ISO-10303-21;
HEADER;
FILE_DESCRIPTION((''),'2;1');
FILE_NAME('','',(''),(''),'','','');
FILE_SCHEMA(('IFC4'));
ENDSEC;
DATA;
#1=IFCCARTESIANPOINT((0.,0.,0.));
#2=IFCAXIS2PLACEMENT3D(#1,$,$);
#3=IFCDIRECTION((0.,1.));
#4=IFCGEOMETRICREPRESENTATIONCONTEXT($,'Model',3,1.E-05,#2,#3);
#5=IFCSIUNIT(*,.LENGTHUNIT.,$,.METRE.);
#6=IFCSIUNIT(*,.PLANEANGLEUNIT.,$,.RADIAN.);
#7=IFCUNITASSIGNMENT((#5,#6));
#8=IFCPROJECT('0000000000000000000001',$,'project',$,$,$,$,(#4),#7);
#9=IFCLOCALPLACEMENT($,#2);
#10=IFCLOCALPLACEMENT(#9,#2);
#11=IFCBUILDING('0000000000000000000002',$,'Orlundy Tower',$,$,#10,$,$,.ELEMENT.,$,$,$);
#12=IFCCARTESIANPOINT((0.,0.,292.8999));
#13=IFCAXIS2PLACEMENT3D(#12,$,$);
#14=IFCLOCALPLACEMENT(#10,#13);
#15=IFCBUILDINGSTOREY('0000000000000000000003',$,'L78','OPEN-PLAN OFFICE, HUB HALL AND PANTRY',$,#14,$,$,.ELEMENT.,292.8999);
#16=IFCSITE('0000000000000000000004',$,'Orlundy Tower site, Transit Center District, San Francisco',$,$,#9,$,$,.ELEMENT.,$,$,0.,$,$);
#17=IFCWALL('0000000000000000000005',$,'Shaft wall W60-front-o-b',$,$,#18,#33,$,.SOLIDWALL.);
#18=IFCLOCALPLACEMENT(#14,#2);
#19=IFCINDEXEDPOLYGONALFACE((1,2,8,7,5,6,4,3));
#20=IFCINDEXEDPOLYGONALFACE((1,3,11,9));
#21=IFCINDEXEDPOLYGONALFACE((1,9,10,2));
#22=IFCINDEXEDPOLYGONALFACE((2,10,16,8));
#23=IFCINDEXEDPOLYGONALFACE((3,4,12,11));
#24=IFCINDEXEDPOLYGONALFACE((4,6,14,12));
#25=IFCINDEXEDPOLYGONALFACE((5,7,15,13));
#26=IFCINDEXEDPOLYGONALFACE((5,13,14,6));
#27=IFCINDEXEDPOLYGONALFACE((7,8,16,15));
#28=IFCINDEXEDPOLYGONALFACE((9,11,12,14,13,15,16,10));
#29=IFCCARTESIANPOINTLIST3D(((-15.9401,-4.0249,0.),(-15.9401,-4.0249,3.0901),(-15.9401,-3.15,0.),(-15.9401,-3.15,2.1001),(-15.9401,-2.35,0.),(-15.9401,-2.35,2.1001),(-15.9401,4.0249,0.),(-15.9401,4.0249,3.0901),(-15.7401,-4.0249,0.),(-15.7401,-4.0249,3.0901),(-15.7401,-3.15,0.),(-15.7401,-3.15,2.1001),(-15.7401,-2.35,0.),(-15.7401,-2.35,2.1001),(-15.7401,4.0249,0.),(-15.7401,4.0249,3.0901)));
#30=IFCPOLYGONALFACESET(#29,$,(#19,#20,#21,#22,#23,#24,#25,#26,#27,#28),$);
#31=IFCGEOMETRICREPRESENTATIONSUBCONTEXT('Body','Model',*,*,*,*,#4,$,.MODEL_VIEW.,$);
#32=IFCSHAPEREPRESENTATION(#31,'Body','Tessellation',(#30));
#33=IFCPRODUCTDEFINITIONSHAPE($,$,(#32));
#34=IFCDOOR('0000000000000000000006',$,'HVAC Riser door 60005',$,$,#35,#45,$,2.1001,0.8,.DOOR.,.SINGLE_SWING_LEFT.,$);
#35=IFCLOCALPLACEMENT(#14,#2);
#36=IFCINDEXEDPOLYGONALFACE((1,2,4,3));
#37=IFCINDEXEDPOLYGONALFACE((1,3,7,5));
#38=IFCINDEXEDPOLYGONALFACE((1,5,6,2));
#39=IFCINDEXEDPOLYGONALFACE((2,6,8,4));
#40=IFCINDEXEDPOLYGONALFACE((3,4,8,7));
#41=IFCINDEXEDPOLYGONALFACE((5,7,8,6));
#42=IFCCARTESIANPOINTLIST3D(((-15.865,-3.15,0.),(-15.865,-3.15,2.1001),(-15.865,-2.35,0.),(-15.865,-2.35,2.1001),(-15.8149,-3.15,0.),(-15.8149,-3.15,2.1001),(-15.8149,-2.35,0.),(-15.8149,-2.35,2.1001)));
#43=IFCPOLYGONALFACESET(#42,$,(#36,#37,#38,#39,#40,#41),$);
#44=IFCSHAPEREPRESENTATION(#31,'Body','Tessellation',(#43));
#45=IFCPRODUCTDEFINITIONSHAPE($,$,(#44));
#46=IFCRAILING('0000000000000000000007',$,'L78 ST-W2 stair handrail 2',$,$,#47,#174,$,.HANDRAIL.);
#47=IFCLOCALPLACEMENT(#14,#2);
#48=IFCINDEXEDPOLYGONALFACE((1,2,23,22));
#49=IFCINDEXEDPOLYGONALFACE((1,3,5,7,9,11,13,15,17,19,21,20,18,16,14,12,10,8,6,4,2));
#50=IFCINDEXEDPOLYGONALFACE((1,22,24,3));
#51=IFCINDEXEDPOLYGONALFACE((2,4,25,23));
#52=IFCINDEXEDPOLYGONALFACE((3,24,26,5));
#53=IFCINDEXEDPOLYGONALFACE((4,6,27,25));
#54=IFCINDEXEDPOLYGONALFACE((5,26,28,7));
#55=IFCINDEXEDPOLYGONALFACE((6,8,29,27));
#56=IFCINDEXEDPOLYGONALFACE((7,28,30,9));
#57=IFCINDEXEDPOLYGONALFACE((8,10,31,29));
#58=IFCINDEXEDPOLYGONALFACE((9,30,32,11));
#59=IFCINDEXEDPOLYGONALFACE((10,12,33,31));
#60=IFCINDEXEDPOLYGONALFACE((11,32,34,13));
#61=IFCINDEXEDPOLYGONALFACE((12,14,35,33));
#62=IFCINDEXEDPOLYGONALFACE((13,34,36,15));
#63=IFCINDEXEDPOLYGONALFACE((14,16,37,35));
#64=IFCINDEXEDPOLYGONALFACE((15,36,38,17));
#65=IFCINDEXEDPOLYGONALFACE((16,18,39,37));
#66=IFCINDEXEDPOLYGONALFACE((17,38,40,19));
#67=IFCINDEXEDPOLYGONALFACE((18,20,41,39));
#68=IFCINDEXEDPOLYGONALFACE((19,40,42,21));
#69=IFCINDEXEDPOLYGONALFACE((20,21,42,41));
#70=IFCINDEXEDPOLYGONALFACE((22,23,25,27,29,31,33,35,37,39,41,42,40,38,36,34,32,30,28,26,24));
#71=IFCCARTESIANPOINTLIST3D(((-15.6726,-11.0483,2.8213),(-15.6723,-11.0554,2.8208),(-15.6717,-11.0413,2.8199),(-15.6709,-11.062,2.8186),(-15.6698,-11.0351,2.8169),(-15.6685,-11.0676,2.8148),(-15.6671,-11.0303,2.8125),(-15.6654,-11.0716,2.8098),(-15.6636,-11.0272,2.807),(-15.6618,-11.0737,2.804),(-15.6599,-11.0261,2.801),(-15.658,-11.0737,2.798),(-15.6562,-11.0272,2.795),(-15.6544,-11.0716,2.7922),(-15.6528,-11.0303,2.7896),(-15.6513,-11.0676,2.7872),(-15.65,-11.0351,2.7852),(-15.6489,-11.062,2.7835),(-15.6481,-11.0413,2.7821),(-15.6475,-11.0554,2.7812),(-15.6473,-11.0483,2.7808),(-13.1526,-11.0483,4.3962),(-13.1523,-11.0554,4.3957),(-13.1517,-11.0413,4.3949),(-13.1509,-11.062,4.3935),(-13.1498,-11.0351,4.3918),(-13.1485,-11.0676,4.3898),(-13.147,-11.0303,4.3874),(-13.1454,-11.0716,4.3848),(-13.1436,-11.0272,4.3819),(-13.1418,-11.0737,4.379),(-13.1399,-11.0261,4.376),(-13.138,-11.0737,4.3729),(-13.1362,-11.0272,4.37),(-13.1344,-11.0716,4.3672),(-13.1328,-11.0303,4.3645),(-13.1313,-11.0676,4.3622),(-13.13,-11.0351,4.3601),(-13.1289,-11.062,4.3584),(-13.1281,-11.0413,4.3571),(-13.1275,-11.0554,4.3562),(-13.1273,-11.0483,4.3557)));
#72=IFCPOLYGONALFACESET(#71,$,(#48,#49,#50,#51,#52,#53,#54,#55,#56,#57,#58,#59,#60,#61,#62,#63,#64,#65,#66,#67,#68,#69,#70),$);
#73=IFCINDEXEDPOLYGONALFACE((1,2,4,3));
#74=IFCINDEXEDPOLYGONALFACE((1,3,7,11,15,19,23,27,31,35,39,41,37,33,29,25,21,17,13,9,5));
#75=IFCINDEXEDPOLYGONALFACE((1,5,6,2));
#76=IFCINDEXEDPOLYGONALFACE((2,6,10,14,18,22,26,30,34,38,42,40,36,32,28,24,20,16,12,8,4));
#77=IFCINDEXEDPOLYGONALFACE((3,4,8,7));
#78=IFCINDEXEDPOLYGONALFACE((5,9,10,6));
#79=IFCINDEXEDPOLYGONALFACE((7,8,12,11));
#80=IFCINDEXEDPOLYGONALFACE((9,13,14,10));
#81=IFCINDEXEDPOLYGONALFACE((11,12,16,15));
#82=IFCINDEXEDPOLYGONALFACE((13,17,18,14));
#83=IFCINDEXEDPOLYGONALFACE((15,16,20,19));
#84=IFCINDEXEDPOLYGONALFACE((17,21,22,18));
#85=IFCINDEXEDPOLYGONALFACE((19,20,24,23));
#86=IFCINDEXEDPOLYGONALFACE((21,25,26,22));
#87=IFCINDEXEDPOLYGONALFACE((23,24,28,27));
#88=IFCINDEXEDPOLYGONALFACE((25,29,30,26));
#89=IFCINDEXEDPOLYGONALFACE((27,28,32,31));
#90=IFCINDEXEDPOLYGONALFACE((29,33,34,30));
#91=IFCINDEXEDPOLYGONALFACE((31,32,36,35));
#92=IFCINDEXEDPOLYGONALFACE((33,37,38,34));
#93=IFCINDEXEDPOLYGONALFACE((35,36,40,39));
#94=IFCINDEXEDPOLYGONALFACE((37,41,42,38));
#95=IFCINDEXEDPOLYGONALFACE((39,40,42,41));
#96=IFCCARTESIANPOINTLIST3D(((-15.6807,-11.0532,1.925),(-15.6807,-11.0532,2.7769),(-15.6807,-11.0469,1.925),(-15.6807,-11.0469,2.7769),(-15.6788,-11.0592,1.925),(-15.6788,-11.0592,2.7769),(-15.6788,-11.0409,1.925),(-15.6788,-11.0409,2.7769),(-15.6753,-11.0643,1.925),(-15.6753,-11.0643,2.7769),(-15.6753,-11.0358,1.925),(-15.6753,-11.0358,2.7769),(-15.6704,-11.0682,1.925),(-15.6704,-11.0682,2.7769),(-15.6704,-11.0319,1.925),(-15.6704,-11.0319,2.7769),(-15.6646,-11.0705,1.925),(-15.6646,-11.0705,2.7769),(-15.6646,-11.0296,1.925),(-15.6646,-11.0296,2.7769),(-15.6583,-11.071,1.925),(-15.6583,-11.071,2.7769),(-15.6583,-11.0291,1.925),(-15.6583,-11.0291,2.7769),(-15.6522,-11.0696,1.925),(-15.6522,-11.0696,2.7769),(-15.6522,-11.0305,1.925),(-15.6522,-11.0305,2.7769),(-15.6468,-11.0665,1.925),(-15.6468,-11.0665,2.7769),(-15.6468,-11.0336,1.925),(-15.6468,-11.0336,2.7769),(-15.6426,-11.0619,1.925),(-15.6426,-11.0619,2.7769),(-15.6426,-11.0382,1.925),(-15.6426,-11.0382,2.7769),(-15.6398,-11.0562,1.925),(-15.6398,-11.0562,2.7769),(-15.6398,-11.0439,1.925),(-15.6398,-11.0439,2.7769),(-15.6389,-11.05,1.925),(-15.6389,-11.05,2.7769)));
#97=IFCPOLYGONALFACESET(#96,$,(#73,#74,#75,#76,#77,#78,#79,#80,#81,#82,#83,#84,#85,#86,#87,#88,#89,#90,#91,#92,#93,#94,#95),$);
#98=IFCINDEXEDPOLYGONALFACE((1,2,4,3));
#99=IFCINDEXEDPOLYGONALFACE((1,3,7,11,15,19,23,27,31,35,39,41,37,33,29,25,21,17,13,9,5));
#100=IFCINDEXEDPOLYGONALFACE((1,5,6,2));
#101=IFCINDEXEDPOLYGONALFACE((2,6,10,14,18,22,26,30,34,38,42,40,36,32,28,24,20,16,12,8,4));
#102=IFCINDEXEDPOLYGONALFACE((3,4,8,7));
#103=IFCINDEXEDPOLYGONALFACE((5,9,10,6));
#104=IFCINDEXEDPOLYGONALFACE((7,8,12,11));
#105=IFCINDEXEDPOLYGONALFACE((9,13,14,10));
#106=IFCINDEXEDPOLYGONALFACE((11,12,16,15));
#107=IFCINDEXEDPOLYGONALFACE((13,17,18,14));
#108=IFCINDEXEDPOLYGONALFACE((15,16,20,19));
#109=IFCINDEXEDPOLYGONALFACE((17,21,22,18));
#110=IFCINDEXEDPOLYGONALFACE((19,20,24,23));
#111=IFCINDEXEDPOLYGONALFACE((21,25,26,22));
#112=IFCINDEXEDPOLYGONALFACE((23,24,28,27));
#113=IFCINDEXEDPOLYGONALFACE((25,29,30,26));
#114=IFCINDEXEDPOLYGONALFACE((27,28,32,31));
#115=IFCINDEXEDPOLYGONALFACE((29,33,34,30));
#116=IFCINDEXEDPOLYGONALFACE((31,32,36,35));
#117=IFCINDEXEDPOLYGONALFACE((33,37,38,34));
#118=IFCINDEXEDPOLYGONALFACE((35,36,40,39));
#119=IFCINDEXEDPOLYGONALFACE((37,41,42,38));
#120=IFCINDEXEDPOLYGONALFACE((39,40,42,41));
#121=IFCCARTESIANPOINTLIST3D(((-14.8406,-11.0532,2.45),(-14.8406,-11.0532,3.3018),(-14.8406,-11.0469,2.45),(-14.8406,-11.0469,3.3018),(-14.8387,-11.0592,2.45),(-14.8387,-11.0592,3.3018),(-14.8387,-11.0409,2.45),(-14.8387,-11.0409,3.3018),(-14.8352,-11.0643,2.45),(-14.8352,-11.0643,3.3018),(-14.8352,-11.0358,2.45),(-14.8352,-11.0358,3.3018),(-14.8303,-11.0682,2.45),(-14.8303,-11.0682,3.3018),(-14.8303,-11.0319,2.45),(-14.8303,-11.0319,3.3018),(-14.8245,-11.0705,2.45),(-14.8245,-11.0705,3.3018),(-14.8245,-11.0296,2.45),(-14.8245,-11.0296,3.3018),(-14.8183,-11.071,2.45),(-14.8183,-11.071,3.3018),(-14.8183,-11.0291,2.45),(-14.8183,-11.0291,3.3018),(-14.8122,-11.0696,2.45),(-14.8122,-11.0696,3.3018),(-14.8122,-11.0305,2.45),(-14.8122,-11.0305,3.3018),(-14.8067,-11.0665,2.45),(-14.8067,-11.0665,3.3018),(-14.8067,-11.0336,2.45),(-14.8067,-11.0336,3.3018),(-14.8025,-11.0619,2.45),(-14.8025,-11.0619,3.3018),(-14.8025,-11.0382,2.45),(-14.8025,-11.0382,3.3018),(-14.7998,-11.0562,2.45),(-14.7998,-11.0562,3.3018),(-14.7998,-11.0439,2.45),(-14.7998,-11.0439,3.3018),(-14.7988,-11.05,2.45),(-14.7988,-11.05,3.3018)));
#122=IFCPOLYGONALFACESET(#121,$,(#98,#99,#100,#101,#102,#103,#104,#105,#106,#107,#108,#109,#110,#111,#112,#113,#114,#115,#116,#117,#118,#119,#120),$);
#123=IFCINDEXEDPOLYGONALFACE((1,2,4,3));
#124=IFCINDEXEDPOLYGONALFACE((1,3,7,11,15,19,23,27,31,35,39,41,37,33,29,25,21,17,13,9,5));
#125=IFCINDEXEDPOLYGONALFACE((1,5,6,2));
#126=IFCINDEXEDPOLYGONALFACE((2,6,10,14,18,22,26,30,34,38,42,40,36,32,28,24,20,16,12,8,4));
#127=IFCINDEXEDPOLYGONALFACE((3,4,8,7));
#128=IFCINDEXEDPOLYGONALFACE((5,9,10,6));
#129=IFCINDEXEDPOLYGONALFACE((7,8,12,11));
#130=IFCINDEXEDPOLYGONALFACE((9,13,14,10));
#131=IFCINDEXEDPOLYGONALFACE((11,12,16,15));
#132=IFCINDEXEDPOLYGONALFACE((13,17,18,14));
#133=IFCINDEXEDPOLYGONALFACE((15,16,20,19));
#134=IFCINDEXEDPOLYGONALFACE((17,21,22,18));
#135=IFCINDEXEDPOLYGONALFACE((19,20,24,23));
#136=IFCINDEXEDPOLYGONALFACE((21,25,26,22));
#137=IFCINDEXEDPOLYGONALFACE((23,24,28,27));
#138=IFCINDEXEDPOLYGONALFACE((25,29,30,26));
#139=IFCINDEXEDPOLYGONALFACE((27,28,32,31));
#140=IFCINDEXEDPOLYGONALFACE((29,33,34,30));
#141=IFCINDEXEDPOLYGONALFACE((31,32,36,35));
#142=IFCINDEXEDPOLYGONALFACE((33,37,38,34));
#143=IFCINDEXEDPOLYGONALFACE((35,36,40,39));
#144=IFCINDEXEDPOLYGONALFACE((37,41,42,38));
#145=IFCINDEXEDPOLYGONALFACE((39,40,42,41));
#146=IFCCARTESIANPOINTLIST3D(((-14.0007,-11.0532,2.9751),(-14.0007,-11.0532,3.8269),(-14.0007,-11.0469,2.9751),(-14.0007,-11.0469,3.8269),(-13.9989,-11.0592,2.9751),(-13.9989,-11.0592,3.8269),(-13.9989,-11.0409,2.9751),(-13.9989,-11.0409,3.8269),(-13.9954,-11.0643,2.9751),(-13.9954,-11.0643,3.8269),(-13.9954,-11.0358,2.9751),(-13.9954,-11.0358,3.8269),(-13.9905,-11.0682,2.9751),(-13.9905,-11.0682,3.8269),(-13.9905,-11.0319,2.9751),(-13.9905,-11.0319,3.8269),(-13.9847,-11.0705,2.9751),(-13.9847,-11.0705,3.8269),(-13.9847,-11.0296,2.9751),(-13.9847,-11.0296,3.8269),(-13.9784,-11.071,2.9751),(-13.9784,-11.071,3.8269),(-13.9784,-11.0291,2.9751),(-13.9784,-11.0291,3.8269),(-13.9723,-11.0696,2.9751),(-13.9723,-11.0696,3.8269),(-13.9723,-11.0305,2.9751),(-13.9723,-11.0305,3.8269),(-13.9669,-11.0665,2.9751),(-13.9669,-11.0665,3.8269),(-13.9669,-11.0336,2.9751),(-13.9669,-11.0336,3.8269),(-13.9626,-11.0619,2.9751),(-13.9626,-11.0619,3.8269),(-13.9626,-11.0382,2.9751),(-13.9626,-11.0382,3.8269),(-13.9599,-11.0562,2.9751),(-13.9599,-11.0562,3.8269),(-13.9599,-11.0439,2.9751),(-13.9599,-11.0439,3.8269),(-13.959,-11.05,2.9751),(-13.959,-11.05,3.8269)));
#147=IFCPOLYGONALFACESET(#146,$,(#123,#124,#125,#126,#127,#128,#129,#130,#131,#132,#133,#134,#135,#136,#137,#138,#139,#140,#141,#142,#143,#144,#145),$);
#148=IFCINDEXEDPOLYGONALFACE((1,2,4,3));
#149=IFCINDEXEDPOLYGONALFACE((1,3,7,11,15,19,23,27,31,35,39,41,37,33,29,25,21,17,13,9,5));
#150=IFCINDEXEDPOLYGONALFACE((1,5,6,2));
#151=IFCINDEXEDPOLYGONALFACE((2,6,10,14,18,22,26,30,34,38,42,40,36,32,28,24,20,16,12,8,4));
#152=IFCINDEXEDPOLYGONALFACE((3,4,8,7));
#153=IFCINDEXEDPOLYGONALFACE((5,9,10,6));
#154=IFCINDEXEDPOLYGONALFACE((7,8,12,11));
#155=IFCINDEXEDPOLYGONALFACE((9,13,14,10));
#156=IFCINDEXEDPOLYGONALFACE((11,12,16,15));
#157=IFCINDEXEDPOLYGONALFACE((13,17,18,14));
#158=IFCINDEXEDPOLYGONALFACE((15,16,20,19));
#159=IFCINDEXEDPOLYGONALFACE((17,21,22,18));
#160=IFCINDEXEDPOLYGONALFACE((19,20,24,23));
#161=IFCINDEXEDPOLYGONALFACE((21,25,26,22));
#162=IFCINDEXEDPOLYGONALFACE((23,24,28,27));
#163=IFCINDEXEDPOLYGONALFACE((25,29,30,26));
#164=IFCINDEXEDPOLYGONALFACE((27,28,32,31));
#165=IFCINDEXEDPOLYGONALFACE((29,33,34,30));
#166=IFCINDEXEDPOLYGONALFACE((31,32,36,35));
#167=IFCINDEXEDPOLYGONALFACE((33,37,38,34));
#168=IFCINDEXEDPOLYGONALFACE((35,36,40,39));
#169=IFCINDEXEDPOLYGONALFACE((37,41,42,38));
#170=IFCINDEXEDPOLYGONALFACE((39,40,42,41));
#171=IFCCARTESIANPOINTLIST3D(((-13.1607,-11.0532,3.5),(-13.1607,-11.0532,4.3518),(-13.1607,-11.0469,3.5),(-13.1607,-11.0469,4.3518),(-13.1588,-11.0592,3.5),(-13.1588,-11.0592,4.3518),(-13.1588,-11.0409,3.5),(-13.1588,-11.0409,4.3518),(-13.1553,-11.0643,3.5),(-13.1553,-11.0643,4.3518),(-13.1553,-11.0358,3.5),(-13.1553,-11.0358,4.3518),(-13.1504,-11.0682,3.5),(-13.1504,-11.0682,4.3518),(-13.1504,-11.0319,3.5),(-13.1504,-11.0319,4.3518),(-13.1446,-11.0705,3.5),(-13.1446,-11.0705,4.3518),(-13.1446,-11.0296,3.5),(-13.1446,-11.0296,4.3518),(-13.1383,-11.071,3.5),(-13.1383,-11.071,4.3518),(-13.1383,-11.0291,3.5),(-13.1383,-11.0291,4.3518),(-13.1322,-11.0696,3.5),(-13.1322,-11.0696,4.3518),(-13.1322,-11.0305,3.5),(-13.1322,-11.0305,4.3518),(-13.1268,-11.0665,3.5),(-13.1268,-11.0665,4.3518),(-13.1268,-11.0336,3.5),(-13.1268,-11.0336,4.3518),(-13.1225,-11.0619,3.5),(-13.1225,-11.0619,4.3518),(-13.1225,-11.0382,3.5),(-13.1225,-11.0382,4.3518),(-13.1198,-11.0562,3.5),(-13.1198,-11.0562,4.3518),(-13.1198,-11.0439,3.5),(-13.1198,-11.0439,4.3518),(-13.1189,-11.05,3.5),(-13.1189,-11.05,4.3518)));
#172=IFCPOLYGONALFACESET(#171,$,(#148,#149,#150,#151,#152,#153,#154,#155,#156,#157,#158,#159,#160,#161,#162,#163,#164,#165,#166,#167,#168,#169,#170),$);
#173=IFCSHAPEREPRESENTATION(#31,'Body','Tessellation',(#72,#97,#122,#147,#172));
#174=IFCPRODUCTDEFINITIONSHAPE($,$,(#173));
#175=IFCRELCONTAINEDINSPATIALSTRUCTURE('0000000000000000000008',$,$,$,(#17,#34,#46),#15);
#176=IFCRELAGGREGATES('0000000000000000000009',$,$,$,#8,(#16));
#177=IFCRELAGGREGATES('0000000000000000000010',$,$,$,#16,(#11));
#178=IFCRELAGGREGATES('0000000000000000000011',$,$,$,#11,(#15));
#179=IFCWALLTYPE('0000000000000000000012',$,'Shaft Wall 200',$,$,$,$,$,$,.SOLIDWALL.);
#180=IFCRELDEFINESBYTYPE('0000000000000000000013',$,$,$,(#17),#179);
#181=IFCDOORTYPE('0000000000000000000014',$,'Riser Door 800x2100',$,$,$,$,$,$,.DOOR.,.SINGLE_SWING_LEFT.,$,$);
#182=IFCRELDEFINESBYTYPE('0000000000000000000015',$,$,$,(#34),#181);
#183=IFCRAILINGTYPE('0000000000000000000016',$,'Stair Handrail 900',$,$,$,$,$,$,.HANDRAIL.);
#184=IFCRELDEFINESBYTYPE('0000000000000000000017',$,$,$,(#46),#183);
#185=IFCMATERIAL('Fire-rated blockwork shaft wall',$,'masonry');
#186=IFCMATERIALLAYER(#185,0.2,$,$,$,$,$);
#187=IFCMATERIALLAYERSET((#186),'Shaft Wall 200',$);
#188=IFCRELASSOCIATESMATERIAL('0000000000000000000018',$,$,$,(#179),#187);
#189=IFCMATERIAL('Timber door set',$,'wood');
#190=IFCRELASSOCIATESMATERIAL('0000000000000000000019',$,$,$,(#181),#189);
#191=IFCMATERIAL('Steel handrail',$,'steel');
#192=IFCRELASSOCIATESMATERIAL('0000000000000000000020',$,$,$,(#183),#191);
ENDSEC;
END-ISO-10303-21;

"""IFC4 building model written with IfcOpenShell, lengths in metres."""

from ifc_helpers import new_model, si_unit, direction, frame, frame_2d, origin, origin_2d, place, context, subcontext, project, spatial, rectangle, circle, extrude, material, layer, layer_set, type_object, element, fill, save


model = new_model("IFC4")

# Units and contexts
model_context = context("Model", 3, precision=1e-05, world=origin(), true_north=direction((0.0, 1.0)))
body_context = subcontext(model_context, "Body", "Model", "MODEL_VIEW")
ifc_project = project(units=[si_unit("LENGTHUNIT", "METRE"), si_unit("PLANEANGLEUNIT", "RADIAN")], contexts=[model_context])

# Site, building, storey
site_placement = place(None, origin())
site = spatial("IfcSite", under=ifc_project, at=site_placement, Name="Orlundy Tower site, Transit Center District, San Francisco", CompositionType="ELEMENT", RefElevation=0.0)
building_placement = place(site_placement, origin())
building = spatial("IfcBuilding", under=site, at=building_placement, Name="Orlundy Tower", CompositionType="ELEMENT")
storey_placement = place(building_placement, frame((0.0, 0.0, 292.8999)))
storey = spatial("IfcBuildingStorey", under=building, at=storey_placement, Name="L78", Description="OPEN-PLAN OFFICE, HUB HALL AND PANTRY", CompositionType="ELEMENT", Elevation=292.8999)

# Wall, opening, door
ifc_material_1 = material(Name="Fire-rated blockwork shaft wall", Category="masonry")
ifc_layer_1 = layer(ifc_material_1, 0.2)
ifc_layer_set_1 = layer_set([ifc_layer_1], Name="Shaft Wall 200")
wall_type_1 = type_object("IfcWallType", Name="Shaft Wall 200", PredefinedType="SOLIDWALL", material=ifc_layer_set_1)
wall_1_placement = place(storey_placement, frame((-15.8401, -4.0249, 0.0), z_axis=(0.0, 0.0, 1.0), x_axis=(0.0, 1.0, 0.0)))
wall_1 = element("IfcWall", 1, at=wall_1_placement, inside=storey, type_object=wall_type_1, Name="Shaft wall W60-front-o-b", PredefinedType="SOLIDWALL", context=body_context, shape_type="SweptSolid", body=[
    extrude(rectangle(XDim=8.0498, YDim=0.2, at=frame_2d((4.0249, 0.0))), origin(), (0.0, 0.0, 1.0), 3.0901),
])
opening_1_placement = place(wall_1_placement, frame((0.875, 0.0, 0.0)))
opening_1 = element("IfcOpeningElement", 2, at=opening_1_placement, cuts=wall_1, PredefinedType="OPENING", context=body_context, shape_type="SweptSolid", body=[
    extrude(rectangle(XDim=0.8, YDim=2.1001, at=frame_2d((0.3999, 1.05))), frame((0.0, 0.1101, 0.0), z_axis=(0.0, -1.0, 0.0), x_axis=(1.0, 0.0, 0.0)), (0.0, 0.0, 1.0), 0.2202),
])
ifc_material_2 = material(Name="Timber door set", Category="wood")
door_type_1 = type_object("IfcDoorType", Name="Riser Door 800x2100", OperationType="SINGLE_SWING_LEFT", PredefinedType="DOOR", material=ifc_material_2)
door_1_placement = place(opening_1_placement, origin())
door_1 = element("IfcDoor", 3, at=door_1_placement, inside=storey, type_object=door_type_1, Name="HVAC Riser door 60005", OperationType="SINGLE_SWING_LEFT", OverallHeight=2.1001, OverallWidth=0.8, PredefinedType="DOOR", context=body_context, shape_type="SweptSolid", body=[
    extrude(rectangle(XDim=0.8, YDim=2.1001, at=frame_2d((0.3999, 1.05))), frame((0.0, 0.0249, 0.0), z_axis=(0.0, -1.0, 0.0), x_axis=(1.0, 0.0, 0.0)), (0.0, 0.0, 1.0), 0.05),
])
fill(opening_1, door_1)

# Railing
ifc_material_3 = material(Name="Steel handrail", Category="steel")
railing_type = type_object("IfcRailingType", Name="Stair Handrail 900", PredefinedType="HANDRAIL", material=ifc_material_3)
railing_placement = place(storey_placement, frame((-15.6599, -11.05, 1.925)))
element("IfcRailing", 4, at=railing_placement, inside=storey, type_object=railing_type, Name="L78 ST-W2 stair handrail 2", PredefinedType="HANDRAIL", context=body_context, shape_type="SweptSolid", body=[
    extrude(circle(Radius=0.0239, at=origin_2d()), frame((0.0, 0.0, 0.876), z_axis=(0.848008, 0.0, 0.529984), x_axis=(0.0, 1.0, 0.0)), (0.0, 0.0, 1.0), 2.9717),
    extrude(circle(Radius=0.021, at=origin_2d()), origin(), (0.0, 0.0, 1.0), 0.8518),
    extrude(circle(Radius=0.021, at=origin_2d()), frame((0.8401, 0.0, 0.5249)), (0.0, 0.0, 1.0), 0.8518),
    extrude(circle(Radius=0.021, at=origin_2d()), frame((1.6799, 0.0, 1.05)), (0.0, 0.0, 1.0), 0.8518),
    extrude(circle(Radius=0.021, at=origin_2d()), frame((2.52, 0.0, 1.575)), (0.0, 0.0, 1.0), 0.8518),
])

save(model, "model.ifc")
